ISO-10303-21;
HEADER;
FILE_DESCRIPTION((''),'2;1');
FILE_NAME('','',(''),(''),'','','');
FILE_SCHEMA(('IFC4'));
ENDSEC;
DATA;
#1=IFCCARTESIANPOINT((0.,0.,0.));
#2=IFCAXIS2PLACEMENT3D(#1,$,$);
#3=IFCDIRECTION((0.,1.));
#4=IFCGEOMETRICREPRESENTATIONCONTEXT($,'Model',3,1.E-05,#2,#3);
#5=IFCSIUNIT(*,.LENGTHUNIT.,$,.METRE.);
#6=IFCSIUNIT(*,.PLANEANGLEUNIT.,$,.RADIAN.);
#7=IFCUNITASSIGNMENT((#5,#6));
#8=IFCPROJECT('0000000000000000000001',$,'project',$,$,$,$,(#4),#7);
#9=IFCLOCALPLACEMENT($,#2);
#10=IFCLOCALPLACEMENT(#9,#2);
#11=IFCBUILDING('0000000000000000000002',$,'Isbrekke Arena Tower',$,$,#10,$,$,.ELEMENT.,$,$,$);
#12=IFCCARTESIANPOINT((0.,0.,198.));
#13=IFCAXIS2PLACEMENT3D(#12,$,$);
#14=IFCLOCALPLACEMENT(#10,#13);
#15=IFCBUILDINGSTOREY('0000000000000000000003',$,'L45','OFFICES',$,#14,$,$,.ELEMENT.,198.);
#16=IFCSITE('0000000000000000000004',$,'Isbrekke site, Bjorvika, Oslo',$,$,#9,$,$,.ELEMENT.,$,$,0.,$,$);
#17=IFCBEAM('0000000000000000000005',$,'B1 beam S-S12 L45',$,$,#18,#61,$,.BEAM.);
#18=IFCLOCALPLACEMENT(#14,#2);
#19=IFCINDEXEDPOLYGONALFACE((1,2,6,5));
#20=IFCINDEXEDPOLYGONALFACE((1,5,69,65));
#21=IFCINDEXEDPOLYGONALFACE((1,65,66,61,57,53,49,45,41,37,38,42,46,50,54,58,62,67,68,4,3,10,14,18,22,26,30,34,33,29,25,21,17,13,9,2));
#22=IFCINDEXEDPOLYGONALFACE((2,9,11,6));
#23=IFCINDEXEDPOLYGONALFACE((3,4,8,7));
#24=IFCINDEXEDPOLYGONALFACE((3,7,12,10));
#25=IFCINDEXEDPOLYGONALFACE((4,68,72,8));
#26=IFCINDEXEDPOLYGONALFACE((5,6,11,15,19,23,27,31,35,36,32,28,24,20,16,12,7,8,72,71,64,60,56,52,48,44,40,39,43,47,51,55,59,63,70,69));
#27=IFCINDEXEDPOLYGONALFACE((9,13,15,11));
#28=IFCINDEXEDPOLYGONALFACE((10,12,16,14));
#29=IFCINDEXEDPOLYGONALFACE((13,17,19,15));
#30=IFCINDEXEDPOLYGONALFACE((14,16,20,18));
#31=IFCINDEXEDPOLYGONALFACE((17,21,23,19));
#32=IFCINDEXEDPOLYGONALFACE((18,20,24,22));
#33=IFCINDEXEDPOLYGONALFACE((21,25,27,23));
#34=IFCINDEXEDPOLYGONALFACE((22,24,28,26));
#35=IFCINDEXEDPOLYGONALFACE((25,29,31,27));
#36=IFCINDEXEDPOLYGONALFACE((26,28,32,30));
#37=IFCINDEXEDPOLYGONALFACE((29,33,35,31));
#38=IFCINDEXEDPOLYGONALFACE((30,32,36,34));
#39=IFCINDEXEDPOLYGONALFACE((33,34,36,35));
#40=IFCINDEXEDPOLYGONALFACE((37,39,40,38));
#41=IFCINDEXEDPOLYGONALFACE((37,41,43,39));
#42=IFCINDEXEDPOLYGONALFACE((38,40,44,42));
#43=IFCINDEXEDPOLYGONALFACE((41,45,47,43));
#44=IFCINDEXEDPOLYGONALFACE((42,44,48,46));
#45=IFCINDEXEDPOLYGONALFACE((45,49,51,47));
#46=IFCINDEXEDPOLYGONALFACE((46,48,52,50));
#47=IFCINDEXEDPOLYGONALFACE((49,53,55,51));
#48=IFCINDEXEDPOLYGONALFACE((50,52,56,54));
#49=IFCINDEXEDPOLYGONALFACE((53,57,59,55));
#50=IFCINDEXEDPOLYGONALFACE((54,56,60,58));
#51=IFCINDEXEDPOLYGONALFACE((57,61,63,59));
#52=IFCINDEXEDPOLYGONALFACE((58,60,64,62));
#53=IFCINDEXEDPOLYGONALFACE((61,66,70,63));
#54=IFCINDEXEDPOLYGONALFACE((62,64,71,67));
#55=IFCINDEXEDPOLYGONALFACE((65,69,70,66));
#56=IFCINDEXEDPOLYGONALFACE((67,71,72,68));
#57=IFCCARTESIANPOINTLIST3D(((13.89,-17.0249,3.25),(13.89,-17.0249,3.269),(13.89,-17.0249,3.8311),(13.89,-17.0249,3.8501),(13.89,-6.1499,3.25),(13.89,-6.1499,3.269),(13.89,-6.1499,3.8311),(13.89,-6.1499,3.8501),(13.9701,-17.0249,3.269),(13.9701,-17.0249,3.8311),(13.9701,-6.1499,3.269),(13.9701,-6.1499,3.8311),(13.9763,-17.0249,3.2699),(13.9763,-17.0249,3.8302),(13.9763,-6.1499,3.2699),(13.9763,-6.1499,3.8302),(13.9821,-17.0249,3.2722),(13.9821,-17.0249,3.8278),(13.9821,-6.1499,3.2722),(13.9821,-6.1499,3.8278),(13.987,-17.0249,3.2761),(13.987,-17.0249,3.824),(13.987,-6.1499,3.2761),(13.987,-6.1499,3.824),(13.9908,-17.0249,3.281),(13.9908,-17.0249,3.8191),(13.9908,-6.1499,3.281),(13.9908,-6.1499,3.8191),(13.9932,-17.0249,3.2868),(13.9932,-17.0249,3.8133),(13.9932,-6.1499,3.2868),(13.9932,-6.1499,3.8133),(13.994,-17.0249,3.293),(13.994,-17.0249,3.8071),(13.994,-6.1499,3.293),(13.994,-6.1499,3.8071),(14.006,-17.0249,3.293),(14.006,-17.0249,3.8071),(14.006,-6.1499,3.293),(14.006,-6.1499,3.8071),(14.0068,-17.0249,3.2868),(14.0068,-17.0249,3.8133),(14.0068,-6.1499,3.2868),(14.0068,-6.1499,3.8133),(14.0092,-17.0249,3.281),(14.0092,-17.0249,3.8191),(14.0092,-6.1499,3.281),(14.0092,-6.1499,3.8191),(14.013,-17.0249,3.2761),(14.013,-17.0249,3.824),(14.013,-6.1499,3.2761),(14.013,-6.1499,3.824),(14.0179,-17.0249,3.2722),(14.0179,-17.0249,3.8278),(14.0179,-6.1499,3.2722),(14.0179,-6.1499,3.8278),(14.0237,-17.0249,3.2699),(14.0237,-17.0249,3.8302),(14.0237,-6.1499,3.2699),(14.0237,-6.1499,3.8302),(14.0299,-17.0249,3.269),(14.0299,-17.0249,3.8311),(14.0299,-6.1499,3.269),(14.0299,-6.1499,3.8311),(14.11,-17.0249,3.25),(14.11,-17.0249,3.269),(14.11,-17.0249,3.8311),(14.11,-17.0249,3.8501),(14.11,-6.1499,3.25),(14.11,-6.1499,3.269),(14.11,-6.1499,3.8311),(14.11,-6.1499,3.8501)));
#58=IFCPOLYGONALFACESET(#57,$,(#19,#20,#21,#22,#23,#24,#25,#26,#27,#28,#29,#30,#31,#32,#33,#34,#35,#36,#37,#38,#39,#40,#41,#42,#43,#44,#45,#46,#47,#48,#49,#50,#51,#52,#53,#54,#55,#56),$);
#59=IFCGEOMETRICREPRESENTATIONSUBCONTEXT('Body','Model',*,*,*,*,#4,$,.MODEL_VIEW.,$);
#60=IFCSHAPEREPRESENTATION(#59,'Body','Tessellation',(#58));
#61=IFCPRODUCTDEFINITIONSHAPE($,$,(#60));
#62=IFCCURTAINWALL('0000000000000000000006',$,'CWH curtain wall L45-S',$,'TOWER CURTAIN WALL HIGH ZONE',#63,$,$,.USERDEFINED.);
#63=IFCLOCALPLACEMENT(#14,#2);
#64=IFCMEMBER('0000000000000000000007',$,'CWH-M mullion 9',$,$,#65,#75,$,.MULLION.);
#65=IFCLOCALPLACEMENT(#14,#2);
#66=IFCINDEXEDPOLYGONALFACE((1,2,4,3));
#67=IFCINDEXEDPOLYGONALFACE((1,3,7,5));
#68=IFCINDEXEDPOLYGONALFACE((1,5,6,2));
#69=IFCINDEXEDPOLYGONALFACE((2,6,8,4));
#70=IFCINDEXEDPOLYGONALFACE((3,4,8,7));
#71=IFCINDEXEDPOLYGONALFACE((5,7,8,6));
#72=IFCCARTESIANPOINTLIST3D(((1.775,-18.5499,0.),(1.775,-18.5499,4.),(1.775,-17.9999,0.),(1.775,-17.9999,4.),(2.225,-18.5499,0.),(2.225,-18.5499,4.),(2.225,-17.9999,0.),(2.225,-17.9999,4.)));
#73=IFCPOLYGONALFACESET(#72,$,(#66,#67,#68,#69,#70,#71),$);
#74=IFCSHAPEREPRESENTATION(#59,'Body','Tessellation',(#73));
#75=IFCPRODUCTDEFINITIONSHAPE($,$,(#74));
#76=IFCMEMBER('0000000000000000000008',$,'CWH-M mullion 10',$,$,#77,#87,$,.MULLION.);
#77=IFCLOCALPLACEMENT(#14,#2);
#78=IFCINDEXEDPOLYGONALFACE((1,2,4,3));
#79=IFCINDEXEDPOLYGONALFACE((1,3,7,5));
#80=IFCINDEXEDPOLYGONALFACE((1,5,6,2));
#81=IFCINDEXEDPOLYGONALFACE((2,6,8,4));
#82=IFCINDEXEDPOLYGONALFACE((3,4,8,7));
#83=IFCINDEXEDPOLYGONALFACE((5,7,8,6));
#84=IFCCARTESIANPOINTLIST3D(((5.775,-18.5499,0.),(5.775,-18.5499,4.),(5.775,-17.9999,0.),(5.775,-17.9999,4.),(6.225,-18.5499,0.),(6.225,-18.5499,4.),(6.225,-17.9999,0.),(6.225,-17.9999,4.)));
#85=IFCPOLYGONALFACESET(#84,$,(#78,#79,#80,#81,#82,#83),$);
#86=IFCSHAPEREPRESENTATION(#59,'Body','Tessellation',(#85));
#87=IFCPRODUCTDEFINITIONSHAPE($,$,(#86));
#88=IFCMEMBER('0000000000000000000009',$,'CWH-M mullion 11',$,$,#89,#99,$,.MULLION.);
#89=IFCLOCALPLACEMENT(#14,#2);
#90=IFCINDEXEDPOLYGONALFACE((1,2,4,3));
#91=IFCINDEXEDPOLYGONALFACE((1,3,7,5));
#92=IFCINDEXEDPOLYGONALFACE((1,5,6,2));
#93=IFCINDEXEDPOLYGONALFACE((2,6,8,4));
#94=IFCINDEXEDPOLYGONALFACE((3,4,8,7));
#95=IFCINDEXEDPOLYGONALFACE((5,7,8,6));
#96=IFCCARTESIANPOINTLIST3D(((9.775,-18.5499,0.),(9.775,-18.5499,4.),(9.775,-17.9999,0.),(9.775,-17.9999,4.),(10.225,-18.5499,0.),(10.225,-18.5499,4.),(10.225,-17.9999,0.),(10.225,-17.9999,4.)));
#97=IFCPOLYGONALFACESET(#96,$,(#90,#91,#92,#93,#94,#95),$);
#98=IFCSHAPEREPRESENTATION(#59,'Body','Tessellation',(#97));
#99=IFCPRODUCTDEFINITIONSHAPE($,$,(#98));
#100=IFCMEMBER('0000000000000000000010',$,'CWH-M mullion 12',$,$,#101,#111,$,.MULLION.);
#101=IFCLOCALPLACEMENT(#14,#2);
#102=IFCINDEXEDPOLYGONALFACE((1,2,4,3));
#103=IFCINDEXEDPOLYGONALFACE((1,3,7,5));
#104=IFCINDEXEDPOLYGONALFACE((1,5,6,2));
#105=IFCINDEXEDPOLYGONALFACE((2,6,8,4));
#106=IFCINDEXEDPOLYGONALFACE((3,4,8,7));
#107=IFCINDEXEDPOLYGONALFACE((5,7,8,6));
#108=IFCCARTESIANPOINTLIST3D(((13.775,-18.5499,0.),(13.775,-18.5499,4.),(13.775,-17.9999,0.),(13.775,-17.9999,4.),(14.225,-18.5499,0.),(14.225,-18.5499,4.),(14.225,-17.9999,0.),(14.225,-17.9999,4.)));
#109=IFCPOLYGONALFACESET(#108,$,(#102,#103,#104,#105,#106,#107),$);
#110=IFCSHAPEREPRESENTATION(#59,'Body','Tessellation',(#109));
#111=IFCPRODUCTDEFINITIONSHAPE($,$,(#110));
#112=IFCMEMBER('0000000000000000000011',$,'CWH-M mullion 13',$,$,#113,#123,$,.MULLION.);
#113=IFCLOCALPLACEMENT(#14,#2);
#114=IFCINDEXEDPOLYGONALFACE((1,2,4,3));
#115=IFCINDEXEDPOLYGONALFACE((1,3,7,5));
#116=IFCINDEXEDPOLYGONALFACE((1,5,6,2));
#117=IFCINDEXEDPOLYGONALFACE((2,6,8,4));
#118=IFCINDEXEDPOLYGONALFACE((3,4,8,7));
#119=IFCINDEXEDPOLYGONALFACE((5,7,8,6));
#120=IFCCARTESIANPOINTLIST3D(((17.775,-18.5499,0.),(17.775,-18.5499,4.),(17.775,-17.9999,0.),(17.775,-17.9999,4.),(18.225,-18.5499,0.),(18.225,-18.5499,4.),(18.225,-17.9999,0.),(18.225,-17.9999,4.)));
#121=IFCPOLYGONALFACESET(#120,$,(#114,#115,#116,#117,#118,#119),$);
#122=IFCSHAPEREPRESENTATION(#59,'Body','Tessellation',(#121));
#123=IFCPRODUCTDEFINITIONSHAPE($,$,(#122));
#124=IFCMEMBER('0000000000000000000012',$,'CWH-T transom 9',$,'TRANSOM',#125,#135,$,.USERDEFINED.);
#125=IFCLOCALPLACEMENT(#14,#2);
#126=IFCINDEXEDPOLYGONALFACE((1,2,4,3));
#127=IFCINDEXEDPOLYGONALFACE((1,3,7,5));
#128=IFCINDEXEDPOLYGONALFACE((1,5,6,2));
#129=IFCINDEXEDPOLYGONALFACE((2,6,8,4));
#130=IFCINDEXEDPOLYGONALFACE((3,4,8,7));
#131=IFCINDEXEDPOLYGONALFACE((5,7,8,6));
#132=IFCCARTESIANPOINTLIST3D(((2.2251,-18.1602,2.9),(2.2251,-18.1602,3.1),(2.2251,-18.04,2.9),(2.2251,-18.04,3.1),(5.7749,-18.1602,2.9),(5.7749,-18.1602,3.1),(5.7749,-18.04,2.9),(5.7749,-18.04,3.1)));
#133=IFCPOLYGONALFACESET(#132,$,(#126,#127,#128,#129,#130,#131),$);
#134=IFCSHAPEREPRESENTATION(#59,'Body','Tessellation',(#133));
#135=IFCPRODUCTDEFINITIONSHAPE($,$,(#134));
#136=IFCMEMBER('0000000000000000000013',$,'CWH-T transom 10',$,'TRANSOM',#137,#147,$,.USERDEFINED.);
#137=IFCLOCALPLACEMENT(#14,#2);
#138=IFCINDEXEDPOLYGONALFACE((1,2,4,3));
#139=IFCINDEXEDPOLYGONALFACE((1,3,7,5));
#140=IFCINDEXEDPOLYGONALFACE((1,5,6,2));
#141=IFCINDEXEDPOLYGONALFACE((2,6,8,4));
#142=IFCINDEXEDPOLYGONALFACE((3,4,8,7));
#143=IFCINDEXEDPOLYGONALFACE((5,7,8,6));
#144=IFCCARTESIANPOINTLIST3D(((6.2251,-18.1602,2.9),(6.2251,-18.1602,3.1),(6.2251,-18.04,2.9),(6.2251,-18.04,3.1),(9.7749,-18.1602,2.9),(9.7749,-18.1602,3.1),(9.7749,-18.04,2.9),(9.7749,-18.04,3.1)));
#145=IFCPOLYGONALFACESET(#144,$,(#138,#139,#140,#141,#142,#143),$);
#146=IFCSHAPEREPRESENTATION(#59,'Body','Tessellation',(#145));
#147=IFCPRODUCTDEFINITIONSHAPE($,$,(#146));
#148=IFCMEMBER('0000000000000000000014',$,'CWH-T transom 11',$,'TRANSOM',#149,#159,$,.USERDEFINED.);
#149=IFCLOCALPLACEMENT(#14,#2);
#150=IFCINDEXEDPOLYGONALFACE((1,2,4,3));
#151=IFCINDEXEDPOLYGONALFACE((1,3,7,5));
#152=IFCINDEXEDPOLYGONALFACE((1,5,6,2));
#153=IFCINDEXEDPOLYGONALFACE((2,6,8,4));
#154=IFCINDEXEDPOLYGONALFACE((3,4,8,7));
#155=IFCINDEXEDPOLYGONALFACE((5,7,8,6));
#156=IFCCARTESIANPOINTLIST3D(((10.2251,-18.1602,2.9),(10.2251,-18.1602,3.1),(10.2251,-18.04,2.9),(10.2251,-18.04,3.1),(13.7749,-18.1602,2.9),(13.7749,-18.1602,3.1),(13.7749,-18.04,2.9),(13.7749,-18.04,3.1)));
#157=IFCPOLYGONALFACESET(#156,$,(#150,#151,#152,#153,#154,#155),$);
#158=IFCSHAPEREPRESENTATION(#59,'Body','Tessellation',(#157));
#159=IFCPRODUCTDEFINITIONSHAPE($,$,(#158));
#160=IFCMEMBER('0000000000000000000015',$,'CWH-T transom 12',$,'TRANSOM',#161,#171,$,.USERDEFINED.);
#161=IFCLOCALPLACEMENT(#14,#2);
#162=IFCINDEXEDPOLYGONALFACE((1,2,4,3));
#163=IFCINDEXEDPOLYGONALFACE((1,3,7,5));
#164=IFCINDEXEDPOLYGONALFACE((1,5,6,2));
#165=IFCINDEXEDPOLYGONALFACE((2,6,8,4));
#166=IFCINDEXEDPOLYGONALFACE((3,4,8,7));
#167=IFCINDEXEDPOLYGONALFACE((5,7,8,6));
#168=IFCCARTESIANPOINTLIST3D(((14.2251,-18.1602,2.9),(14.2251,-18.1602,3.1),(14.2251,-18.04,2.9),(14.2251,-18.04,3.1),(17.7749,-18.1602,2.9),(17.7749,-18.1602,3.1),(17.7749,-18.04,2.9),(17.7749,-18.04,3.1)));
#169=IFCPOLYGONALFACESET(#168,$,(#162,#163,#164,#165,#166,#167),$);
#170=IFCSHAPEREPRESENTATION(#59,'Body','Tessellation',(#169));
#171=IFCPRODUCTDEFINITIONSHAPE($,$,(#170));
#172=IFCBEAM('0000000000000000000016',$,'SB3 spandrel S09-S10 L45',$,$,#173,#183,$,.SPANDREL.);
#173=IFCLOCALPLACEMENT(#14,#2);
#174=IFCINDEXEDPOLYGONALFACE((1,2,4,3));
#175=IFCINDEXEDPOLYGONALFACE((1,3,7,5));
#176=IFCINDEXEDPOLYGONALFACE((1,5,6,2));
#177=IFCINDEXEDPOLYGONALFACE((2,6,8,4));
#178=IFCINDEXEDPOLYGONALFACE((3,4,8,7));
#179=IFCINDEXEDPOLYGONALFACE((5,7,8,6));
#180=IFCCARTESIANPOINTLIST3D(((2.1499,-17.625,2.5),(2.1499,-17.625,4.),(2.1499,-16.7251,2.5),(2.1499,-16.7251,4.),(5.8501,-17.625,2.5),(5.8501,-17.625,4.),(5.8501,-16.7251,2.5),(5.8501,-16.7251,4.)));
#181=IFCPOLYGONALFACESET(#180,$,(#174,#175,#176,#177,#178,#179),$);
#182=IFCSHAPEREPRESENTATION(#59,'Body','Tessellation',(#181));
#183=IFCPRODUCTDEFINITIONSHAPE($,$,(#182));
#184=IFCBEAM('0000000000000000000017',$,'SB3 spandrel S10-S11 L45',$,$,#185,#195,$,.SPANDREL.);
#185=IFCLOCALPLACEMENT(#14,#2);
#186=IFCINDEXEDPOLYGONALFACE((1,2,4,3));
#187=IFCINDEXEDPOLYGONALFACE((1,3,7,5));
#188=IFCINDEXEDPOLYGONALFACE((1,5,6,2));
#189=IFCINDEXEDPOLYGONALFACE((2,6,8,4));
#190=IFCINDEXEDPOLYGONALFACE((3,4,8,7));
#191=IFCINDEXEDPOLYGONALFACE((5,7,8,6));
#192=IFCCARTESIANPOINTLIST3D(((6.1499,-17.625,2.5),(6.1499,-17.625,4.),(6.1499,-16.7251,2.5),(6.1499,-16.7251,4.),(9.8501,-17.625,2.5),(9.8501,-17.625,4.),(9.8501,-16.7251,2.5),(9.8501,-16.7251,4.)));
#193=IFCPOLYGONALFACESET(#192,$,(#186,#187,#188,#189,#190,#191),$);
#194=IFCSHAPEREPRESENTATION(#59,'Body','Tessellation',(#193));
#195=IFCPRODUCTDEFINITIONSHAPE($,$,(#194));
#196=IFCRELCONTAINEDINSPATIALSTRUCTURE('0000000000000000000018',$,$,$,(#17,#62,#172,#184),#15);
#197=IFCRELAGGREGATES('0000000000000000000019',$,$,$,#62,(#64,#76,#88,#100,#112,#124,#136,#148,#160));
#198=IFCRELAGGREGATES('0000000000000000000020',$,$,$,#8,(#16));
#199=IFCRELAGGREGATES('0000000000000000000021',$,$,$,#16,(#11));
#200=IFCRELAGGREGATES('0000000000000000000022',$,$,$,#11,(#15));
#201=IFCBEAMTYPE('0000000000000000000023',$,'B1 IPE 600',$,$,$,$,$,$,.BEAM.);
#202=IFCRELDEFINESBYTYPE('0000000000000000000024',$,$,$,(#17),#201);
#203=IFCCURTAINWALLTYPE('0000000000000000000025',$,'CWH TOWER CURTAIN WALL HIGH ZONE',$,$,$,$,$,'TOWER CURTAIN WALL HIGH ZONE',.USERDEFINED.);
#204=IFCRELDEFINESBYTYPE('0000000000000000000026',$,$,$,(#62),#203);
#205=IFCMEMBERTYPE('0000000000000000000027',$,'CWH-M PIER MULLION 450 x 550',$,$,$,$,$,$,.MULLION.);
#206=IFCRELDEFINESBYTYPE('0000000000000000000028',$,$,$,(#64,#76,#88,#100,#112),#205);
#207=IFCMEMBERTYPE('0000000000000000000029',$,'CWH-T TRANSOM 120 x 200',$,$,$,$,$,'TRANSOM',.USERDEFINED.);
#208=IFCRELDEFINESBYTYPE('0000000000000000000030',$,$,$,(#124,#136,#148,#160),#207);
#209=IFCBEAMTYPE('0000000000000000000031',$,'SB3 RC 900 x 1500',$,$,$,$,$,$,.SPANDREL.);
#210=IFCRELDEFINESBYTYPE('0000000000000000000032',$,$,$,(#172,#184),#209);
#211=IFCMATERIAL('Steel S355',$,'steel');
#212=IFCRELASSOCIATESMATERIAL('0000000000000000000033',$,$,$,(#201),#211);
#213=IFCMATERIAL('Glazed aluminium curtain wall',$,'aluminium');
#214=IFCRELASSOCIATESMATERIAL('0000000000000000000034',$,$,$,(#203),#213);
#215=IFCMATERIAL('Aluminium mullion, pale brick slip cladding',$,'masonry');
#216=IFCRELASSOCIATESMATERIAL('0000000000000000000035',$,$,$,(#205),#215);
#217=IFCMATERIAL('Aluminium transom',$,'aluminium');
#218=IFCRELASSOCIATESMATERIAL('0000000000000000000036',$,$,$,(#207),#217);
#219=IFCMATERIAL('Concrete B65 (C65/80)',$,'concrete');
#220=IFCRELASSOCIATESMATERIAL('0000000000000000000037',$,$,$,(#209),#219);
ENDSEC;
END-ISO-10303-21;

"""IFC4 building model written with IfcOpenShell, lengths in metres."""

from ifc_helpers import new_model, si_unit, direction, frame, origin, origin_2d, place, context, subcontext, project, spatial, rectangle, i_section, extrude, material, material_profile, profile_set, type_object, element, aggregate, save


model = new_model("IFC4")

# Units and contexts
model_context = context("Model", 3, precision=1e-05, world=origin(), true_north=direction((0.0, 1.0)))
body_context = subcontext(model_context, "Body", "Model", "MODEL_VIEW")
ifc_project = project(units=[si_unit("LENGTHUNIT", "METRE"), si_unit("PLANEANGLEUNIT", "RADIAN")], contexts=[model_context])

# Site, building, storey
site_placement = place(None, origin())
site = spatial("IfcSite", under=ifc_project, at=site_placement, Name="Isbrekke site, Bjorvika, Oslo", CompositionType="ELEMENT", RefElevation=0.0)
building_placement = place(site_placement, origin())
building = spatial("IfcBuilding", under=site, at=building_placement, Name="Isbrekke Arena Tower", CompositionType="ELEMENT")
storey_placement = place(building_placement, frame((0.0, 0.0, 198.0)))
storey = spatial("IfcBuildingStorey", under=building, at=storey_placement, Name="L45", Description="OFFICES", CompositionType="ELEMENT", Elevation=198.0)

# Beam
ifc_material_1 = material(Name="Steel S355", Category="steel")
ifc_material_profile_1 = material_profile(ifc_material_1, i_section(OverallWidth=0.22, OverallDepth=0.6001, WebThickness=0.012, FlangeThickness=0.019, FilletRadius=0.0239, at=origin_2d()), Name="IPE 600")
ifc_profile_set_1 = profile_set([ifc_material_profile_1], Name="Steel S355")
beam_type_1 = type_object("IfcBeamType", Name="B1 IPE 600", PredefinedType="BEAM", material=ifc_profile_set_1)
beam_placement = place(storey_placement, frame((14.0, -17.0249, 3.55), z_axis=(0.0, 1.0, 0.0), x_axis=(-1.0, 0.0, 0.0)))
element("IfcBeam", 1, at=beam_placement, inside=storey, type_object=beam_type_1, Name="B1 beam S-S12 L45", PredefinedType="BEAM", context=body_context, shape_type="SweptSolid", body=[
    extrude(i_section(OverallWidth=0.22, OverallDepth=0.6001, WebThickness=0.012, FlangeThickness=0.019, FilletRadius=0.0239, at=origin_2d()), origin(), (0.0, 0.0, 1.0), 10.875),
])

# Curtain wall, members
ifc_material_2 = material(Name="Glazed aluminium curtain wall", Category="aluminium")
curtain_wall_type = type_object("IfcCurtainWallType", Name="CWH TOWER CURTAIN WALL HIGH ZONE", ElementType="TOWER CURTAIN WALL HIGH ZONE", PredefinedType="USERDEFINED", material=ifc_material_2)
curtain_wall_placement = place(storey_placement, origin())
curtain_wall = element("IfcCurtainWall", 2, at=curtain_wall_placement, inside=storey, type_object=curtain_wall_type, Name="CWH curtain wall L45-S", ObjectType="TOWER CURTAIN WALL HIGH ZONE", PredefinedType="USERDEFINED")
ifc_material_3 = material(Name="Aluminium mullion, pale brick slip cladding", Category="masonry")
ifc_material_profile_2 = material_profile(ifc_material_3, rectangle(XDim=0.45, YDim=0.55, at=origin_2d()), Name="PIER 450X550")
ifc_profile_set_2 = profile_set([ifc_material_profile_2], Name="Aluminium mullion, pale brick slip cladding")
member_type_1 = type_object("IfcMemberType", Name="CWH-M PIER MULLION 450 x 550", PredefinedType="MULLION", material=ifc_profile_set_2)
member_1_placement = place(storey_placement, frame((2.0, -18.2749, 0.0), z_axis=(0.0, 0.0, 1.0), x_axis=(1.0, 0.0, 0.0)))
member_1 = element("IfcMember", 3, at=member_1_placement, type_object=member_type_1, Name="CWH-M mullion 9", PredefinedType="MULLION", context=body_context, shape_type="SweptSolid", body=[
    extrude(rectangle(XDim=0.45, YDim=0.55, at=origin_2d()), origin(), (0.0, 0.0, 1.0), 4.0),
])
member_2_placement = place(storey_placement, frame((6.0, -18.2749, 0.0), z_axis=(0.0, 0.0, 1.0), x_axis=(1.0, 0.0, 0.0)))
member_2 = element("IfcMember", 4, at=member_2_placement, type_object=member_type_1, Name="CWH-M mullion 10", PredefinedType="MULLION", context=body_context, shape_type="SweptSolid", body=[
    extrude(rectangle(XDim=0.45, YDim=0.55, at=origin_2d()), origin(), (0.0, 0.0, 1.0), 4.0),
])
member_3_placement = place(storey_placement, frame((10.0, -18.2749, 0.0), z_axis=(0.0, 0.0, 1.0), x_axis=(1.0, 0.0, 0.0)))
member_3 = element("IfcMember", 5, at=member_3_placement, type_object=member_type_1, Name="CWH-M mullion 11", PredefinedType="MULLION", context=body_context, shape_type="SweptSolid", body=[
    extrude(rectangle(XDim=0.45, YDim=0.55, at=origin_2d()), origin(), (0.0, 0.0, 1.0), 4.0),
])
member_4_placement = place(storey_placement, frame((14.0, -18.2749, 0.0), z_axis=(0.0, 0.0, 1.0), x_axis=(1.0, 0.0, 0.0)))
member_4 = element("IfcMember", 6, at=member_4_placement, type_object=member_type_1, Name="CWH-M mullion 12", PredefinedType="MULLION", context=body_context, shape_type="SweptSolid", body=[
    extrude(rectangle(XDim=0.45, YDim=0.55, at=origin_2d()), origin(), (0.0, 0.0, 1.0), 4.0),
])
member_5_placement = place(storey_placement, frame((18.0, -18.2749, 0.0), z_axis=(0.0, 0.0, 1.0), x_axis=(1.0, 0.0, 0.0)))
member_5 = element("IfcMember", 7, at=member_5_placement, type_object=member_type_1, Name="CWH-M mullion 13", PredefinedType="MULLION", context=body_context, shape_type="SweptSolid", body=[
    extrude(rectangle(XDim=0.45, YDim=0.55, at=origin_2d()), origin(), (0.0, 0.0, 1.0), 4.0),
])
ifc_material_4 = material(Name="Aluminium transom", Category="aluminium")
ifc_material_profile_3 = material_profile(ifc_material_4, rectangle(XDim=0.1201, YDim=0.2, at=origin_2d()), Name="TRANSOM 120X200")
ifc_profile_set_3 = profile_set([ifc_material_profile_3], Name="Aluminium transom")
member_type_2 = type_object("IfcMemberType", Name="CWH-T TRANSOM 120 x 200", ElementType="TRANSOM", PredefinedType="USERDEFINED", material=ifc_profile_set_3)
member_6_placement = place(storey_placement, frame((2.2251, -18.1001, 3.0), z_axis=(1.0, 0.0, 0.0), x_axis=(0.0, 1.0, 0.0)))
member_6 = element("IfcMember", 8, at=member_6_placement, type_object=member_type_2, Name="CWH-T transom 9", ObjectType="TRANSOM", PredefinedType="USERDEFINED", context=body_context, shape_type="SweptSolid", body=[
    extrude(rectangle(XDim=0.1201, YDim=0.2, at=origin_2d()), origin(), (0.0, 0.0, 1.0), 3.5498),
])
member_7_placement = place(storey_placement, frame((6.2251, -18.1001, 3.0), z_axis=(1.0, 0.0, 0.0), x_axis=(0.0, 1.0, 0.0)))
member_7 = element("IfcMember", 9, at=member_7_placement, type_object=member_type_2, Name="CWH-T transom 10", ObjectType="TRANSOM", PredefinedType="USERDEFINED", context=body_context, shape_type="SweptSolid", body=[
    extrude(rectangle(XDim=0.1201, YDim=0.2, at=origin_2d()), origin(), (0.0, 0.0, 1.0), 3.5498),
])
member_8_placement = place(storey_placement, frame((10.2251, -18.1001, 3.0), z_axis=(1.0, 0.0, 0.0), x_axis=(0.0, 1.0, 0.0)))
member_8 = element("IfcMember", 10, at=member_8_placement, type_object=member_type_2, Name="CWH-T transom 11", ObjectType="TRANSOM", PredefinedType="USERDEFINED", context=body_context, shape_type="SweptSolid", body=[
    extrude(rectangle(XDim=0.1201, YDim=0.2, at=origin_2d()), origin(), (0.0, 0.0, 1.0), 3.5498),
])
member_9_placement = place(storey_placement, frame((14.2251, -18.1001, 3.0), z_axis=(1.0, 0.0, 0.0), x_axis=(0.0, 1.0, 0.0)))
member_9 = element("IfcMember", 11, at=member_9_placement, type_object=member_type_2, Name="CWH-T transom 12", ObjectType="TRANSOM", PredefinedType="USERDEFINED", context=body_context, shape_type="SweptSolid", body=[
    extrude(rectangle(XDim=0.1201, YDim=0.2, at=origin_2d()), origin(), (0.0, 0.0, 1.0), 3.5498),
])

# Beams
ifc_material_5 = material(Name="Concrete B65 (C65/80)", Category="concrete")
ifc_material_profile_4 = material_profile(ifc_material_5, rectangle(XDim=0.8999, YDim=1.5, at=origin_2d()), Name="RC 900x1500")
ifc_profile_set_4 = profile_set([ifc_material_profile_4], Name="Concrete B65 (C65/80)")
beam_type_2 = type_object("IfcBeamType", Name="SB3 RC 900 x 1500", PredefinedType="SPANDREL", material=ifc_profile_set_4)
for number, where, z_axis, x_axis, name in (
    (12, (2.1499, -17.175, 3.25), (1.0, 0.0, 0.0), (0.0, 1.0, 0.0), "SB3 spandrel S09-S10 L45"),
    (13, (6.1499, -17.175, 3.25), (1.0, 0.0, 0.0), (0.0, 1.0, 0.0), "SB3 spandrel S10-S11 L45"),
):
    element("IfcBeam", number, at=place(storey_placement, frame(where, z_axis=z_axis, x_axis=x_axis)), inside=storey, type_object=beam_type_2, Name=name, PredefinedType="SPANDREL", context=body_context, shape_type="SweptSolid", body=[
        extrude(rectangle(XDim=0.8999, YDim=1.5, at=origin_2d()), origin(), (0.0, 0.0, 1.0), 3.7002),
    ])

aggregate(curtain_wall, [member_1, member_2, member_3, member_4, member_5, member_6, member_7, member_8, member_9])

save(model, "model.ifc")
